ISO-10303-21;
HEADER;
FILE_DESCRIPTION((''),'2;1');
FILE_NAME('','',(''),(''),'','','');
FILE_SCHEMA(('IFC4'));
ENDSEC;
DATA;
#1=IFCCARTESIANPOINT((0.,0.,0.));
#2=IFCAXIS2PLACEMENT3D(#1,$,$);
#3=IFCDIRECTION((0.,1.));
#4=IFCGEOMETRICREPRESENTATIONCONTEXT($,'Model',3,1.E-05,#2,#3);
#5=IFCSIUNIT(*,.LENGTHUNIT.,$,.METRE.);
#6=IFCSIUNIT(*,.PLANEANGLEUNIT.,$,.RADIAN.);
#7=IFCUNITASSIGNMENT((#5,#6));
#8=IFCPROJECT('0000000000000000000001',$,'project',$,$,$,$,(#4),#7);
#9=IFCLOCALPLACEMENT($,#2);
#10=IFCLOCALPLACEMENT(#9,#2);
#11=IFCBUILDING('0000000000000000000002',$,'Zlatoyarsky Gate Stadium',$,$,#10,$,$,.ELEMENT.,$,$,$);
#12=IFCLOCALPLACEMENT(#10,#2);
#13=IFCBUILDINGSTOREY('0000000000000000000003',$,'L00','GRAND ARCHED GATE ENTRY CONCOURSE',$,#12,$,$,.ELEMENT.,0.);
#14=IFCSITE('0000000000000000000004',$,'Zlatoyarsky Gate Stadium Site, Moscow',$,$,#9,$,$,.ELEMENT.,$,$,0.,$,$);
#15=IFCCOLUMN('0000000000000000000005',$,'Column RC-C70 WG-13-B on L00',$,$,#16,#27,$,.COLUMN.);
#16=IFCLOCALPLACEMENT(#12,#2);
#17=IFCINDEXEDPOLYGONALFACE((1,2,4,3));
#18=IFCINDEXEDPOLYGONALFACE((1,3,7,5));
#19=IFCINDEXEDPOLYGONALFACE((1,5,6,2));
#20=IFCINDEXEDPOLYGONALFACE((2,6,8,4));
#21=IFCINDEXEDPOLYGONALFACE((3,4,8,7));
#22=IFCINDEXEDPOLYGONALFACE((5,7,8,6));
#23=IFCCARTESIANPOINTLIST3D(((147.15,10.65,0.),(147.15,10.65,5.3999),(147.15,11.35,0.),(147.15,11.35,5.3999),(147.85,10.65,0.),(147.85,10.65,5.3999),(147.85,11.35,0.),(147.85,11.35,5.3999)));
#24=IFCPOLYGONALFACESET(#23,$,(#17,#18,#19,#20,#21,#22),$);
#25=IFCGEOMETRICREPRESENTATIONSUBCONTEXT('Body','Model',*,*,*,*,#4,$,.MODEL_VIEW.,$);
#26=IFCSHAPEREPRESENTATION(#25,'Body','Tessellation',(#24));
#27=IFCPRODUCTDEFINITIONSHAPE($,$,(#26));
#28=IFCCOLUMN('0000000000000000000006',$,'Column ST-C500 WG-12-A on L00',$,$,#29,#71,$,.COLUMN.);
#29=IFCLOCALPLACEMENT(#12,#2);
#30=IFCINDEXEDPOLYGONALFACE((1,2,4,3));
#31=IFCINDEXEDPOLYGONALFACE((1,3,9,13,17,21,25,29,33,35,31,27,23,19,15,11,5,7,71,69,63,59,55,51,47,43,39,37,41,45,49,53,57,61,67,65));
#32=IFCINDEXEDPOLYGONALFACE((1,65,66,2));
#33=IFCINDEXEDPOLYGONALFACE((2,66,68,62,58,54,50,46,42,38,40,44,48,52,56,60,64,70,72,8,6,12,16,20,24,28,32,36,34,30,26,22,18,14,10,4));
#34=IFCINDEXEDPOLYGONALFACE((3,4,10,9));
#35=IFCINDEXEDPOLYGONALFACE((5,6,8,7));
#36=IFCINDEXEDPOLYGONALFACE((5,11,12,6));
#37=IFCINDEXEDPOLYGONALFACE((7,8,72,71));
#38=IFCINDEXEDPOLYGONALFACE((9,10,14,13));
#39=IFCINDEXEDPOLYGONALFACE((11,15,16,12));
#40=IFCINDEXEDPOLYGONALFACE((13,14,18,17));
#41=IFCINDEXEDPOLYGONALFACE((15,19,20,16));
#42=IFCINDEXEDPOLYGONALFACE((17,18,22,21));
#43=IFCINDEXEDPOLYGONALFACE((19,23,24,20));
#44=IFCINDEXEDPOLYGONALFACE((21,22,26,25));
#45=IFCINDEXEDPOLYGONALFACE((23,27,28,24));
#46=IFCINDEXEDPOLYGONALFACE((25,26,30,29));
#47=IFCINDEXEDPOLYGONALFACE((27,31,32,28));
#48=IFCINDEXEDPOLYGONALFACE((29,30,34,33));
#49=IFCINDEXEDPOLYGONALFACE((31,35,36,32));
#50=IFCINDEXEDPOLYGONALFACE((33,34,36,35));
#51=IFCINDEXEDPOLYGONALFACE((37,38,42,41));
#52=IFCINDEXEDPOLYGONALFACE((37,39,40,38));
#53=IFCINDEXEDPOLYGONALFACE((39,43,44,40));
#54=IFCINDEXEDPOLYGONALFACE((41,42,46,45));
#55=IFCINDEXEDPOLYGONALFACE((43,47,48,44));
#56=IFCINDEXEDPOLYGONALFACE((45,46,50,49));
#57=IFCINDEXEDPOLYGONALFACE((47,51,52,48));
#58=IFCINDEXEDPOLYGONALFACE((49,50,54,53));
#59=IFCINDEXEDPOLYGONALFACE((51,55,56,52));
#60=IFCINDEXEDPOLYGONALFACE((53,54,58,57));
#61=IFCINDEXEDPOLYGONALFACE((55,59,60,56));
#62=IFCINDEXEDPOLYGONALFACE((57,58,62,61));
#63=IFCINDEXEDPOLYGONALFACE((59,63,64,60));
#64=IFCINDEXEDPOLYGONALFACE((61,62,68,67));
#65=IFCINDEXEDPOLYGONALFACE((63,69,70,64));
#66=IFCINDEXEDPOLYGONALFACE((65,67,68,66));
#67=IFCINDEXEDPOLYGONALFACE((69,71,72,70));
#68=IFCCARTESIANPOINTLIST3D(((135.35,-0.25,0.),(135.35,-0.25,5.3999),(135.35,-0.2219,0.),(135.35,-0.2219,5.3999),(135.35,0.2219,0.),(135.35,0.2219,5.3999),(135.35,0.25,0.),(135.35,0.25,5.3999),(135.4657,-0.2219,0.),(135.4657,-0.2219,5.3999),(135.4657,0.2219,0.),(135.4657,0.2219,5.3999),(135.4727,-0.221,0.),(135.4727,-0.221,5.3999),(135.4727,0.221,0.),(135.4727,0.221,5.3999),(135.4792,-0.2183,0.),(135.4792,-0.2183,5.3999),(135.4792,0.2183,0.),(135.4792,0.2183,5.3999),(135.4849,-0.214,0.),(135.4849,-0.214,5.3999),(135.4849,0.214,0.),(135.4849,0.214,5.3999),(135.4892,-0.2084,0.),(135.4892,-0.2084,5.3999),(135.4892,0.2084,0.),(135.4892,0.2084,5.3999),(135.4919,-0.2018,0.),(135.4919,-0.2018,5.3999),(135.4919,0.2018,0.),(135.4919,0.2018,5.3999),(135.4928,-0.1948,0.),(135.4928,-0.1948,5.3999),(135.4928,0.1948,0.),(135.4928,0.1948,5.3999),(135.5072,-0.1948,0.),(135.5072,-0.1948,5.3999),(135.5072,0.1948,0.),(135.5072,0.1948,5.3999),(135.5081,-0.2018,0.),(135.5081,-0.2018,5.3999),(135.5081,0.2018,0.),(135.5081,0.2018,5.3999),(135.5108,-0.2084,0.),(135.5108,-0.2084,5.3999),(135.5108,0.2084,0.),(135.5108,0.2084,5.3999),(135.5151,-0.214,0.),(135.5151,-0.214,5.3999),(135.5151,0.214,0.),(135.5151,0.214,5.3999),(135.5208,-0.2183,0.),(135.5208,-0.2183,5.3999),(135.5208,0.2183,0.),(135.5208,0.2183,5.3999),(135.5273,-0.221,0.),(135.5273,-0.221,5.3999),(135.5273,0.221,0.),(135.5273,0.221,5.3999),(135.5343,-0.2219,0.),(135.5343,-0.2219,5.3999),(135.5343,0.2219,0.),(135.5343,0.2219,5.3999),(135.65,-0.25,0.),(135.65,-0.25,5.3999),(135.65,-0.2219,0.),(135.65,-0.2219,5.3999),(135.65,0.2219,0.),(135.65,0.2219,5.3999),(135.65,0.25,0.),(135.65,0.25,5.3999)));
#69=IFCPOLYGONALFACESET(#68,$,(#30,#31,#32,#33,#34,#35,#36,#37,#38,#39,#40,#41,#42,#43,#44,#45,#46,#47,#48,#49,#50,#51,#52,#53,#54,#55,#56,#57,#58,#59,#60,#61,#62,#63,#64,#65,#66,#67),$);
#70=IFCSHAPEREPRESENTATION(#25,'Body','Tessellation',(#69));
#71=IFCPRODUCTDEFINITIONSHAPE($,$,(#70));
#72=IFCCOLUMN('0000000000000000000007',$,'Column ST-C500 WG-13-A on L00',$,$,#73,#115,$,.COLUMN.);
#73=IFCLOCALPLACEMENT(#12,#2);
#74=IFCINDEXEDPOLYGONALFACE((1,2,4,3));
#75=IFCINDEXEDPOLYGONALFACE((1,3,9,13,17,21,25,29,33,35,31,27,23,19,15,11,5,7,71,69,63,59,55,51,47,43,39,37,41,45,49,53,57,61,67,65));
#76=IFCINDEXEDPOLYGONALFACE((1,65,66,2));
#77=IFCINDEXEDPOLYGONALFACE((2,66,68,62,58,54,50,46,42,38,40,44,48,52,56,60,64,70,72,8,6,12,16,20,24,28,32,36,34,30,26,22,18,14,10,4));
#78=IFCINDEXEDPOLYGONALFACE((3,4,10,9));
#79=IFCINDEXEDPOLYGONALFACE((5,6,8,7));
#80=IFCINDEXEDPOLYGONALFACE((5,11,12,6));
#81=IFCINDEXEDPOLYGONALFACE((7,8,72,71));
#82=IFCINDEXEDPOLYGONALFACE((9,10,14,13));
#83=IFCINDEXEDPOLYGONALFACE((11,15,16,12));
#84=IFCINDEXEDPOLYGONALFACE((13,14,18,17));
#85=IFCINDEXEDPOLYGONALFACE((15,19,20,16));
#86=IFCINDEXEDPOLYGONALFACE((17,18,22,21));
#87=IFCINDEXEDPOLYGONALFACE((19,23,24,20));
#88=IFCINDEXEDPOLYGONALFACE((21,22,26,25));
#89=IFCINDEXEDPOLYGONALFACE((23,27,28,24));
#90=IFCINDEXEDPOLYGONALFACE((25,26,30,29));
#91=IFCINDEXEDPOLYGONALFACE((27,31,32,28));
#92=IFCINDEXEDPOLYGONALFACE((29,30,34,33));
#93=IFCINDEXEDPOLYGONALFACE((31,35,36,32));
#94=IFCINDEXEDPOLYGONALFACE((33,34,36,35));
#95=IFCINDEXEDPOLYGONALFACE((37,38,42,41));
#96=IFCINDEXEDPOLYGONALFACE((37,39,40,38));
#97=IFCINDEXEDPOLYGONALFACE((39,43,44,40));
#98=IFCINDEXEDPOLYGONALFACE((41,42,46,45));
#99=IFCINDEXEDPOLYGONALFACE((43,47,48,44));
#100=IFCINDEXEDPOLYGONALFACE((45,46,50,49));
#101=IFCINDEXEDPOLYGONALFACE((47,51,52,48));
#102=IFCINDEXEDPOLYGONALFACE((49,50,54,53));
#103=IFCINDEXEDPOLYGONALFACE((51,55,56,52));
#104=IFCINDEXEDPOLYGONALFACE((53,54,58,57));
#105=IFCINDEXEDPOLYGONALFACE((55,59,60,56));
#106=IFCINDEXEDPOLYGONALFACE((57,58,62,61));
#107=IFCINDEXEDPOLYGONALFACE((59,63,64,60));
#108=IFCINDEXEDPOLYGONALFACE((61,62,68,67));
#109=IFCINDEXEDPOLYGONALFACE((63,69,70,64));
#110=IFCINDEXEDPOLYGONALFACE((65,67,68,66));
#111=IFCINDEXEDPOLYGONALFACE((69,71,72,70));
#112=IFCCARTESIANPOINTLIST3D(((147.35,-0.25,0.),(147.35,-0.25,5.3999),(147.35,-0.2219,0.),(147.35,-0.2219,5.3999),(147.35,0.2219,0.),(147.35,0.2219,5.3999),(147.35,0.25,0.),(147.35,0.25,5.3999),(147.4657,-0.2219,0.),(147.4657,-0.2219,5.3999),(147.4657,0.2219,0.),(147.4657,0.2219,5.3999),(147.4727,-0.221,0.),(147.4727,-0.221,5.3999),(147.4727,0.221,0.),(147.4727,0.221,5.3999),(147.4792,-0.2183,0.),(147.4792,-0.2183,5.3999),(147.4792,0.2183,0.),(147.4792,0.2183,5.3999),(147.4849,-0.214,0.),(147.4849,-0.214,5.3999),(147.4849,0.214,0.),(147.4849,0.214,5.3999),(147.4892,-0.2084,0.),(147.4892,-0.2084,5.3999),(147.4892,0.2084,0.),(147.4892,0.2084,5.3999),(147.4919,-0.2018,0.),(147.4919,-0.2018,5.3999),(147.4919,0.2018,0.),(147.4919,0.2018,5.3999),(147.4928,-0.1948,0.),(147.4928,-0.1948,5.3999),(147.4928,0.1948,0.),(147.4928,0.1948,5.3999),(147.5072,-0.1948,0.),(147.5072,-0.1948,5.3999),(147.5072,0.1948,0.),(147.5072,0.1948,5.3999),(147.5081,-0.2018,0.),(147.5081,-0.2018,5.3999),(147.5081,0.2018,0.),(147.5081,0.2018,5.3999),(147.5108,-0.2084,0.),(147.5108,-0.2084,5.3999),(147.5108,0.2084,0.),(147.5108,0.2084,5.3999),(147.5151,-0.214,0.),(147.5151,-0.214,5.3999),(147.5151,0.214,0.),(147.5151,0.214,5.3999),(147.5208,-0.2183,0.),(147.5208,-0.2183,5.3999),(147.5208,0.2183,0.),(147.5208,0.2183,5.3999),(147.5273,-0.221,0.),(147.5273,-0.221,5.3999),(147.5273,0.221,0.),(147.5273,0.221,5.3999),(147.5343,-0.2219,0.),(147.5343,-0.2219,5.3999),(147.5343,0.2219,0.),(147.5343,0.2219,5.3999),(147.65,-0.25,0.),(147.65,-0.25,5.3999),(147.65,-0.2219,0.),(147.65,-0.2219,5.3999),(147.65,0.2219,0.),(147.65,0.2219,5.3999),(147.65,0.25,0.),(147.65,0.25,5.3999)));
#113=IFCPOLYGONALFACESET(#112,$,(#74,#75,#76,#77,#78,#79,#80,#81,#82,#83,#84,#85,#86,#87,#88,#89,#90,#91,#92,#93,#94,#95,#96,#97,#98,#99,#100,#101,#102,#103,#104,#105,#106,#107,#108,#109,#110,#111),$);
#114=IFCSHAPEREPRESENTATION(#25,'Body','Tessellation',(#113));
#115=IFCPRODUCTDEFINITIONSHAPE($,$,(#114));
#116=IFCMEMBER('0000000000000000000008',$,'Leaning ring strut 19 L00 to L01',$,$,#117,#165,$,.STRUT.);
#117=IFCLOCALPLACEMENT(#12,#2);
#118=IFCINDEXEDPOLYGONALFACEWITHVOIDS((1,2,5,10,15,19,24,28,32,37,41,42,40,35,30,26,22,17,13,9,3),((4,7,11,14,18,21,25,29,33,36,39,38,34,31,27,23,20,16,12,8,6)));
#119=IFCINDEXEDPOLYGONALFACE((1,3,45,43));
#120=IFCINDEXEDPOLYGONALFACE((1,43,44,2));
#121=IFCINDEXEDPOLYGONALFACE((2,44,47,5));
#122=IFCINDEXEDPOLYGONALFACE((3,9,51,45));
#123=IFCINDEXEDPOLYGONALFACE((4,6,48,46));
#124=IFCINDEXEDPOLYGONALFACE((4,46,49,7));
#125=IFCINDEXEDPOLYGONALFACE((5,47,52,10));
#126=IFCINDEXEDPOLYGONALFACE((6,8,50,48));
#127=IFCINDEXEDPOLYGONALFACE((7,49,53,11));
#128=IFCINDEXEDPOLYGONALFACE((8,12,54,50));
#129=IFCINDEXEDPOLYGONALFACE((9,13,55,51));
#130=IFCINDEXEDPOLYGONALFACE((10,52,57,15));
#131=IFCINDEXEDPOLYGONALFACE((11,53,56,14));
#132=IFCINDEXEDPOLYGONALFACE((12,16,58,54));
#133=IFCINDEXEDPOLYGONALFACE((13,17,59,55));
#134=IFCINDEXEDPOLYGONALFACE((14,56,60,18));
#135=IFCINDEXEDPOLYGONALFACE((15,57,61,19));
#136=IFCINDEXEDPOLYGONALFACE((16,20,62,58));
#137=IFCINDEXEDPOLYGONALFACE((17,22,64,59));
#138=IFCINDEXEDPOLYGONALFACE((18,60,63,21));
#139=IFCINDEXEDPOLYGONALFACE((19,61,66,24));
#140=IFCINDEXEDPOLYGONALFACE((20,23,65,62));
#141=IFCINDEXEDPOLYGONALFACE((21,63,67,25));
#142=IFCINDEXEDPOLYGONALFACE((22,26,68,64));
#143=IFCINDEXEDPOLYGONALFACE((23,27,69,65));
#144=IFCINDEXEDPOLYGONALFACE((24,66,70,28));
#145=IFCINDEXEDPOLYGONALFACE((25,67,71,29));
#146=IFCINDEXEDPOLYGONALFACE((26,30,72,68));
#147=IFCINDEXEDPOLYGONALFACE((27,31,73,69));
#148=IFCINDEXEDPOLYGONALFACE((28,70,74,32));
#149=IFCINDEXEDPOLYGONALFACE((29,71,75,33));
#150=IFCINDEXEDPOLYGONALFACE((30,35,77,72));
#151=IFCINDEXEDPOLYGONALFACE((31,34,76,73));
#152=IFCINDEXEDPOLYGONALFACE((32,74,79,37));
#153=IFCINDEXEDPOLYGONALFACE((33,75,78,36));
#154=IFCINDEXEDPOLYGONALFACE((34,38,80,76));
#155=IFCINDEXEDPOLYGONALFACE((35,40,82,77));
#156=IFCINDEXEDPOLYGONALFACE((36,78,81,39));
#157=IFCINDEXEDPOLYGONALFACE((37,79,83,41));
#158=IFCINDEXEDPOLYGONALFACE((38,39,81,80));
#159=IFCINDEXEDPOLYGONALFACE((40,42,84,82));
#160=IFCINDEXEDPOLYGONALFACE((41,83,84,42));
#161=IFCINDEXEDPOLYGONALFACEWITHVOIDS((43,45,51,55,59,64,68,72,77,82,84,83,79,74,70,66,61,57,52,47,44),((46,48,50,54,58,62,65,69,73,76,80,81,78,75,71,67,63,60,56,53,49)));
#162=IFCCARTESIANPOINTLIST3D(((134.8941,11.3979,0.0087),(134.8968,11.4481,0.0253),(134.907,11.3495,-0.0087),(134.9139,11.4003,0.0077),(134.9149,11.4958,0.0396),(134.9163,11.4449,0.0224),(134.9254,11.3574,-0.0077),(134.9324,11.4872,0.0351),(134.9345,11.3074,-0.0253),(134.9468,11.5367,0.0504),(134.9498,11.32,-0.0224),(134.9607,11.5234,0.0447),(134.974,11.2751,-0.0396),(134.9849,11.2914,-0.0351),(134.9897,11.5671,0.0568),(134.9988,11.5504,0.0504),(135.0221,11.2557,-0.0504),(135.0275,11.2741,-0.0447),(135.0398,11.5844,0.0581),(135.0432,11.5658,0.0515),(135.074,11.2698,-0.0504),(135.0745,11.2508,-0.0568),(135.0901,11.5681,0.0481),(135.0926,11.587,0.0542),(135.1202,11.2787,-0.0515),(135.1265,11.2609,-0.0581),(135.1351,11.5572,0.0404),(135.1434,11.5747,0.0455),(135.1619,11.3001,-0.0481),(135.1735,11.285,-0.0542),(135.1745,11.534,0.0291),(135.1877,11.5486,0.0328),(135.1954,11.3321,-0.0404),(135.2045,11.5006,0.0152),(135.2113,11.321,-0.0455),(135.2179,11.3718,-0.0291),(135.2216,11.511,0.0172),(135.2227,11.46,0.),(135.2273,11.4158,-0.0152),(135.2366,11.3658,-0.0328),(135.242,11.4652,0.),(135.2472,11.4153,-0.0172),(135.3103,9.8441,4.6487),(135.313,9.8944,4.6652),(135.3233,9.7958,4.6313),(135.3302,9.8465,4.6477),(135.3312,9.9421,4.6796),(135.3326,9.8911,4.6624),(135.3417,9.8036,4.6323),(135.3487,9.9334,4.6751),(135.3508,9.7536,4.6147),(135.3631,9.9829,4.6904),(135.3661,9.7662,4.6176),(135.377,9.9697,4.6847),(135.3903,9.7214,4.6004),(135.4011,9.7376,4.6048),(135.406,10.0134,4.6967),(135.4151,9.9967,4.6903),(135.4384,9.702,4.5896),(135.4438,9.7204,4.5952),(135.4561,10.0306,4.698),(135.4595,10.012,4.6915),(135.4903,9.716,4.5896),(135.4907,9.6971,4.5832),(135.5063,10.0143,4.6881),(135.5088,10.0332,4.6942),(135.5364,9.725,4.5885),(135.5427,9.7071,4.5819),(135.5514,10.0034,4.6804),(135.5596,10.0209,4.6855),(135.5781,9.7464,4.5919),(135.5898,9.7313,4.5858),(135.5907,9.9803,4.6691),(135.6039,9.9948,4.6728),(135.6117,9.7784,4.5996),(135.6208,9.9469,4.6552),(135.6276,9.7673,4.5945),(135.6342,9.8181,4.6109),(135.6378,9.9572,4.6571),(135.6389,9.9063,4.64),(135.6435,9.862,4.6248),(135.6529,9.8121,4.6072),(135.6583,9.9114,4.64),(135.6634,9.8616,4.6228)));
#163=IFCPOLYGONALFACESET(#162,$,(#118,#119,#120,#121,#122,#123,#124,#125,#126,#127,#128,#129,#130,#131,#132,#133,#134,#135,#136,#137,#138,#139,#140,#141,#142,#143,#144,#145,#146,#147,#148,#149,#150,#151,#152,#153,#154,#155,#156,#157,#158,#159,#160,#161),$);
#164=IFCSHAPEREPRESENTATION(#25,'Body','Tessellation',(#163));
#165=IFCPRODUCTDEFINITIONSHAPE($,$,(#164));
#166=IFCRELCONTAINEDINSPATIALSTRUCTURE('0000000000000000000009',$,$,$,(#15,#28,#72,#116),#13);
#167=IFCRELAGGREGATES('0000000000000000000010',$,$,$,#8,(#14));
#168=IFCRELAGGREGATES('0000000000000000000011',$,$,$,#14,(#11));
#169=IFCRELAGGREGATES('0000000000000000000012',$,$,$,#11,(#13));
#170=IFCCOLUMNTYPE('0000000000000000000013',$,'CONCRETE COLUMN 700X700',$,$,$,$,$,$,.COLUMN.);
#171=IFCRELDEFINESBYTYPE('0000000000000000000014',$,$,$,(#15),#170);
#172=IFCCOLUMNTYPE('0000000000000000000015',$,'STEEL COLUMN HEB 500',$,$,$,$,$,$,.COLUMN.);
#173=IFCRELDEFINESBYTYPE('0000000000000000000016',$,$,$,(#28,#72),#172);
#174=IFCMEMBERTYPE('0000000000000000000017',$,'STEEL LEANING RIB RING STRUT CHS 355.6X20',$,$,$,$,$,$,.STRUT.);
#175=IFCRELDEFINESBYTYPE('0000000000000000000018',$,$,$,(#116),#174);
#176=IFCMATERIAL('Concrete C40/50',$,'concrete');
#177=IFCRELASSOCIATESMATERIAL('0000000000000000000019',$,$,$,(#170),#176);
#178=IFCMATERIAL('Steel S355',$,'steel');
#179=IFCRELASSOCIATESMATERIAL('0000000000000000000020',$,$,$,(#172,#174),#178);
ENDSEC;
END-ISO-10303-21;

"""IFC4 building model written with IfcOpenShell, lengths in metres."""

from ifc_helpers import new_model, si_unit, direction, frame, origin, origin_2d, place, context, subcontext, project, spatial, rectangle, hollow_circle, i_section, extrude, material, material_profile, profile_set, type_object, element, save


model = new_model("IFC4")

# Units and contexts
model_context = context("Model", 3, precision=1e-05, world=origin(), true_north=direction((0.0, 1.0)))
body_context = subcontext(model_context, "Body", "Model", "MODEL_VIEW")
ifc_project = project(units=[si_unit("LENGTHUNIT", "METRE"), si_unit("PLANEANGLEUNIT", "RADIAN")], contexts=[model_context])

# Site, building, storey
site_placement = place(None, origin())
site = spatial("IfcSite", under=ifc_project, at=site_placement, Name="Zlatoyarsky Gate Stadium Site, Moscow", CompositionType="ELEMENT", RefElevation=0.0)
building_placement = place(site_placement, origin())
building = spatial("IfcBuilding", under=site, at=building_placement, Name="Zlatoyarsky Gate Stadium", CompositionType="ELEMENT")
storey_placement = place(building_placement, origin())
storey = spatial("IfcBuildingStorey", under=building, at=storey_placement, Name="L00", Description="GRAND ARCHED GATE ENTRY CONCOURSE", CompositionType="ELEMENT", Elevation=0.0)

# Columns
ifc_material_1 = material(Name="Concrete C40/50", Category="concrete")
ifc_material_profile_1 = material_profile(ifc_material_1, rectangle(XDim=0.7, YDim=0.7, at=origin_2d()), Name="RC COL 700X700")
ifc_profile_set_1 = profile_set([ifc_material_profile_1], Name="Concrete C40/50")
column_type_1 = type_object("IfcColumnType", Name="CONCRETE COLUMN 700X700", PredefinedType="COLUMN", material=ifc_profile_set_1)
column_placement = place(storey_placement, frame((147.5, 11.0, 0.0), z_axis=(0.0, 0.0, 1.0), x_axis=(1.0, 0.0, 0.0)))
element("IfcColumn", 1, at=column_placement, inside=storey, type_object=column_type_1, Name="Column RC-C70 WG-13-B on L00", PredefinedType="COLUMN", context=body_context, shape_type="SweptSolid", body=[
    extrude(rectangle(XDim=0.7, YDim=0.7, at=origin_2d()), origin(), (0.0, 0.0, 1.0), 5.3999),
])
ifc_material_2 = material(Name="Steel S355", Category="steel")
ifc_material_profile_2 = material_profile(ifc_material_2, i_section(OverallWidth=0.3, OverallDepth=0.5, WebThickness=0.0144, FlangeThickness=0.0281, FilletRadius=0.0271, at=origin_2d()), Name="HEB 500")
ifc_profile_set_2 = profile_set([ifc_material_profile_2], Name="Steel S355")
column_type_2 = type_object("IfcColumnType", Name="STEEL COLUMN HEB 500", PredefinedType="COLUMN", material=ifc_profile_set_2)
for number, where, z_axis, x_axis, name in (
    (2, (135.5, 0.0, 0.0), (0.0, 0.0, 1.0), (1.0, 0.0, 0.0), "Column ST-C500 WG-12-A on L00"),
    (3, (147.5, 0.0, 0.0), (0.0, 0.0, 1.0), (1.0, 0.0, 0.0), "Column ST-C500 WG-13-A on L00"),
):
    element("IfcColumn", number, at=place(storey_placement, frame(where, z_axis=z_axis, x_axis=x_axis)), inside=storey, type_object=column_type_2, Name=name, PredefinedType="COLUMN", context=body_context, shape_type="SweptSolid", body=[
        extrude(i_section(OverallWidth=0.3, OverallDepth=0.5, WebThickness=0.0144, FlangeThickness=0.0281, FilletRadius=0.0271, at=origin_2d()), origin(), (0.0, 0.0, 1.0), 5.3999),
    ])

# Member
ifc_material_profile_3 = material_profile(ifc_material_2, hollow_circle(Radius=0.1777, WallThickness=0.02, at=origin_2d()), Name="CHS 355.6X20")
ifc_profile_set_3 = profile_set([ifc_material_profile_3], Name="Steel S355")
member_type = type_object("IfcMemberType", Name="STEEL LEANING RIB RING STRUT CHS 355.6X20", PredefinedType="STRUT", material=ifc_profile_set_3)
member_placement = place(storey_placement, frame((135.0703, 11.4192, 0.0), z_axis=(0.084764, -0.316387, 0.944836), x_axis=(0.965935, 0.258787, 0.0)))
element("IfcMember", 4, at=member_placement, inside=storey, type_object=member_type, Name="Leaning ring strut 19 L00 to L01", PredefinedType="STRUT", context=body_context, shape_type="SweptSolid", body=[
    extrude(hollow_circle(Radius=0.1777, WallThickness=0.02, at=origin_2d()), origin(), (0.0, 0.0, 1.0), 4.9109),
])

save(model, "model.ifc")
